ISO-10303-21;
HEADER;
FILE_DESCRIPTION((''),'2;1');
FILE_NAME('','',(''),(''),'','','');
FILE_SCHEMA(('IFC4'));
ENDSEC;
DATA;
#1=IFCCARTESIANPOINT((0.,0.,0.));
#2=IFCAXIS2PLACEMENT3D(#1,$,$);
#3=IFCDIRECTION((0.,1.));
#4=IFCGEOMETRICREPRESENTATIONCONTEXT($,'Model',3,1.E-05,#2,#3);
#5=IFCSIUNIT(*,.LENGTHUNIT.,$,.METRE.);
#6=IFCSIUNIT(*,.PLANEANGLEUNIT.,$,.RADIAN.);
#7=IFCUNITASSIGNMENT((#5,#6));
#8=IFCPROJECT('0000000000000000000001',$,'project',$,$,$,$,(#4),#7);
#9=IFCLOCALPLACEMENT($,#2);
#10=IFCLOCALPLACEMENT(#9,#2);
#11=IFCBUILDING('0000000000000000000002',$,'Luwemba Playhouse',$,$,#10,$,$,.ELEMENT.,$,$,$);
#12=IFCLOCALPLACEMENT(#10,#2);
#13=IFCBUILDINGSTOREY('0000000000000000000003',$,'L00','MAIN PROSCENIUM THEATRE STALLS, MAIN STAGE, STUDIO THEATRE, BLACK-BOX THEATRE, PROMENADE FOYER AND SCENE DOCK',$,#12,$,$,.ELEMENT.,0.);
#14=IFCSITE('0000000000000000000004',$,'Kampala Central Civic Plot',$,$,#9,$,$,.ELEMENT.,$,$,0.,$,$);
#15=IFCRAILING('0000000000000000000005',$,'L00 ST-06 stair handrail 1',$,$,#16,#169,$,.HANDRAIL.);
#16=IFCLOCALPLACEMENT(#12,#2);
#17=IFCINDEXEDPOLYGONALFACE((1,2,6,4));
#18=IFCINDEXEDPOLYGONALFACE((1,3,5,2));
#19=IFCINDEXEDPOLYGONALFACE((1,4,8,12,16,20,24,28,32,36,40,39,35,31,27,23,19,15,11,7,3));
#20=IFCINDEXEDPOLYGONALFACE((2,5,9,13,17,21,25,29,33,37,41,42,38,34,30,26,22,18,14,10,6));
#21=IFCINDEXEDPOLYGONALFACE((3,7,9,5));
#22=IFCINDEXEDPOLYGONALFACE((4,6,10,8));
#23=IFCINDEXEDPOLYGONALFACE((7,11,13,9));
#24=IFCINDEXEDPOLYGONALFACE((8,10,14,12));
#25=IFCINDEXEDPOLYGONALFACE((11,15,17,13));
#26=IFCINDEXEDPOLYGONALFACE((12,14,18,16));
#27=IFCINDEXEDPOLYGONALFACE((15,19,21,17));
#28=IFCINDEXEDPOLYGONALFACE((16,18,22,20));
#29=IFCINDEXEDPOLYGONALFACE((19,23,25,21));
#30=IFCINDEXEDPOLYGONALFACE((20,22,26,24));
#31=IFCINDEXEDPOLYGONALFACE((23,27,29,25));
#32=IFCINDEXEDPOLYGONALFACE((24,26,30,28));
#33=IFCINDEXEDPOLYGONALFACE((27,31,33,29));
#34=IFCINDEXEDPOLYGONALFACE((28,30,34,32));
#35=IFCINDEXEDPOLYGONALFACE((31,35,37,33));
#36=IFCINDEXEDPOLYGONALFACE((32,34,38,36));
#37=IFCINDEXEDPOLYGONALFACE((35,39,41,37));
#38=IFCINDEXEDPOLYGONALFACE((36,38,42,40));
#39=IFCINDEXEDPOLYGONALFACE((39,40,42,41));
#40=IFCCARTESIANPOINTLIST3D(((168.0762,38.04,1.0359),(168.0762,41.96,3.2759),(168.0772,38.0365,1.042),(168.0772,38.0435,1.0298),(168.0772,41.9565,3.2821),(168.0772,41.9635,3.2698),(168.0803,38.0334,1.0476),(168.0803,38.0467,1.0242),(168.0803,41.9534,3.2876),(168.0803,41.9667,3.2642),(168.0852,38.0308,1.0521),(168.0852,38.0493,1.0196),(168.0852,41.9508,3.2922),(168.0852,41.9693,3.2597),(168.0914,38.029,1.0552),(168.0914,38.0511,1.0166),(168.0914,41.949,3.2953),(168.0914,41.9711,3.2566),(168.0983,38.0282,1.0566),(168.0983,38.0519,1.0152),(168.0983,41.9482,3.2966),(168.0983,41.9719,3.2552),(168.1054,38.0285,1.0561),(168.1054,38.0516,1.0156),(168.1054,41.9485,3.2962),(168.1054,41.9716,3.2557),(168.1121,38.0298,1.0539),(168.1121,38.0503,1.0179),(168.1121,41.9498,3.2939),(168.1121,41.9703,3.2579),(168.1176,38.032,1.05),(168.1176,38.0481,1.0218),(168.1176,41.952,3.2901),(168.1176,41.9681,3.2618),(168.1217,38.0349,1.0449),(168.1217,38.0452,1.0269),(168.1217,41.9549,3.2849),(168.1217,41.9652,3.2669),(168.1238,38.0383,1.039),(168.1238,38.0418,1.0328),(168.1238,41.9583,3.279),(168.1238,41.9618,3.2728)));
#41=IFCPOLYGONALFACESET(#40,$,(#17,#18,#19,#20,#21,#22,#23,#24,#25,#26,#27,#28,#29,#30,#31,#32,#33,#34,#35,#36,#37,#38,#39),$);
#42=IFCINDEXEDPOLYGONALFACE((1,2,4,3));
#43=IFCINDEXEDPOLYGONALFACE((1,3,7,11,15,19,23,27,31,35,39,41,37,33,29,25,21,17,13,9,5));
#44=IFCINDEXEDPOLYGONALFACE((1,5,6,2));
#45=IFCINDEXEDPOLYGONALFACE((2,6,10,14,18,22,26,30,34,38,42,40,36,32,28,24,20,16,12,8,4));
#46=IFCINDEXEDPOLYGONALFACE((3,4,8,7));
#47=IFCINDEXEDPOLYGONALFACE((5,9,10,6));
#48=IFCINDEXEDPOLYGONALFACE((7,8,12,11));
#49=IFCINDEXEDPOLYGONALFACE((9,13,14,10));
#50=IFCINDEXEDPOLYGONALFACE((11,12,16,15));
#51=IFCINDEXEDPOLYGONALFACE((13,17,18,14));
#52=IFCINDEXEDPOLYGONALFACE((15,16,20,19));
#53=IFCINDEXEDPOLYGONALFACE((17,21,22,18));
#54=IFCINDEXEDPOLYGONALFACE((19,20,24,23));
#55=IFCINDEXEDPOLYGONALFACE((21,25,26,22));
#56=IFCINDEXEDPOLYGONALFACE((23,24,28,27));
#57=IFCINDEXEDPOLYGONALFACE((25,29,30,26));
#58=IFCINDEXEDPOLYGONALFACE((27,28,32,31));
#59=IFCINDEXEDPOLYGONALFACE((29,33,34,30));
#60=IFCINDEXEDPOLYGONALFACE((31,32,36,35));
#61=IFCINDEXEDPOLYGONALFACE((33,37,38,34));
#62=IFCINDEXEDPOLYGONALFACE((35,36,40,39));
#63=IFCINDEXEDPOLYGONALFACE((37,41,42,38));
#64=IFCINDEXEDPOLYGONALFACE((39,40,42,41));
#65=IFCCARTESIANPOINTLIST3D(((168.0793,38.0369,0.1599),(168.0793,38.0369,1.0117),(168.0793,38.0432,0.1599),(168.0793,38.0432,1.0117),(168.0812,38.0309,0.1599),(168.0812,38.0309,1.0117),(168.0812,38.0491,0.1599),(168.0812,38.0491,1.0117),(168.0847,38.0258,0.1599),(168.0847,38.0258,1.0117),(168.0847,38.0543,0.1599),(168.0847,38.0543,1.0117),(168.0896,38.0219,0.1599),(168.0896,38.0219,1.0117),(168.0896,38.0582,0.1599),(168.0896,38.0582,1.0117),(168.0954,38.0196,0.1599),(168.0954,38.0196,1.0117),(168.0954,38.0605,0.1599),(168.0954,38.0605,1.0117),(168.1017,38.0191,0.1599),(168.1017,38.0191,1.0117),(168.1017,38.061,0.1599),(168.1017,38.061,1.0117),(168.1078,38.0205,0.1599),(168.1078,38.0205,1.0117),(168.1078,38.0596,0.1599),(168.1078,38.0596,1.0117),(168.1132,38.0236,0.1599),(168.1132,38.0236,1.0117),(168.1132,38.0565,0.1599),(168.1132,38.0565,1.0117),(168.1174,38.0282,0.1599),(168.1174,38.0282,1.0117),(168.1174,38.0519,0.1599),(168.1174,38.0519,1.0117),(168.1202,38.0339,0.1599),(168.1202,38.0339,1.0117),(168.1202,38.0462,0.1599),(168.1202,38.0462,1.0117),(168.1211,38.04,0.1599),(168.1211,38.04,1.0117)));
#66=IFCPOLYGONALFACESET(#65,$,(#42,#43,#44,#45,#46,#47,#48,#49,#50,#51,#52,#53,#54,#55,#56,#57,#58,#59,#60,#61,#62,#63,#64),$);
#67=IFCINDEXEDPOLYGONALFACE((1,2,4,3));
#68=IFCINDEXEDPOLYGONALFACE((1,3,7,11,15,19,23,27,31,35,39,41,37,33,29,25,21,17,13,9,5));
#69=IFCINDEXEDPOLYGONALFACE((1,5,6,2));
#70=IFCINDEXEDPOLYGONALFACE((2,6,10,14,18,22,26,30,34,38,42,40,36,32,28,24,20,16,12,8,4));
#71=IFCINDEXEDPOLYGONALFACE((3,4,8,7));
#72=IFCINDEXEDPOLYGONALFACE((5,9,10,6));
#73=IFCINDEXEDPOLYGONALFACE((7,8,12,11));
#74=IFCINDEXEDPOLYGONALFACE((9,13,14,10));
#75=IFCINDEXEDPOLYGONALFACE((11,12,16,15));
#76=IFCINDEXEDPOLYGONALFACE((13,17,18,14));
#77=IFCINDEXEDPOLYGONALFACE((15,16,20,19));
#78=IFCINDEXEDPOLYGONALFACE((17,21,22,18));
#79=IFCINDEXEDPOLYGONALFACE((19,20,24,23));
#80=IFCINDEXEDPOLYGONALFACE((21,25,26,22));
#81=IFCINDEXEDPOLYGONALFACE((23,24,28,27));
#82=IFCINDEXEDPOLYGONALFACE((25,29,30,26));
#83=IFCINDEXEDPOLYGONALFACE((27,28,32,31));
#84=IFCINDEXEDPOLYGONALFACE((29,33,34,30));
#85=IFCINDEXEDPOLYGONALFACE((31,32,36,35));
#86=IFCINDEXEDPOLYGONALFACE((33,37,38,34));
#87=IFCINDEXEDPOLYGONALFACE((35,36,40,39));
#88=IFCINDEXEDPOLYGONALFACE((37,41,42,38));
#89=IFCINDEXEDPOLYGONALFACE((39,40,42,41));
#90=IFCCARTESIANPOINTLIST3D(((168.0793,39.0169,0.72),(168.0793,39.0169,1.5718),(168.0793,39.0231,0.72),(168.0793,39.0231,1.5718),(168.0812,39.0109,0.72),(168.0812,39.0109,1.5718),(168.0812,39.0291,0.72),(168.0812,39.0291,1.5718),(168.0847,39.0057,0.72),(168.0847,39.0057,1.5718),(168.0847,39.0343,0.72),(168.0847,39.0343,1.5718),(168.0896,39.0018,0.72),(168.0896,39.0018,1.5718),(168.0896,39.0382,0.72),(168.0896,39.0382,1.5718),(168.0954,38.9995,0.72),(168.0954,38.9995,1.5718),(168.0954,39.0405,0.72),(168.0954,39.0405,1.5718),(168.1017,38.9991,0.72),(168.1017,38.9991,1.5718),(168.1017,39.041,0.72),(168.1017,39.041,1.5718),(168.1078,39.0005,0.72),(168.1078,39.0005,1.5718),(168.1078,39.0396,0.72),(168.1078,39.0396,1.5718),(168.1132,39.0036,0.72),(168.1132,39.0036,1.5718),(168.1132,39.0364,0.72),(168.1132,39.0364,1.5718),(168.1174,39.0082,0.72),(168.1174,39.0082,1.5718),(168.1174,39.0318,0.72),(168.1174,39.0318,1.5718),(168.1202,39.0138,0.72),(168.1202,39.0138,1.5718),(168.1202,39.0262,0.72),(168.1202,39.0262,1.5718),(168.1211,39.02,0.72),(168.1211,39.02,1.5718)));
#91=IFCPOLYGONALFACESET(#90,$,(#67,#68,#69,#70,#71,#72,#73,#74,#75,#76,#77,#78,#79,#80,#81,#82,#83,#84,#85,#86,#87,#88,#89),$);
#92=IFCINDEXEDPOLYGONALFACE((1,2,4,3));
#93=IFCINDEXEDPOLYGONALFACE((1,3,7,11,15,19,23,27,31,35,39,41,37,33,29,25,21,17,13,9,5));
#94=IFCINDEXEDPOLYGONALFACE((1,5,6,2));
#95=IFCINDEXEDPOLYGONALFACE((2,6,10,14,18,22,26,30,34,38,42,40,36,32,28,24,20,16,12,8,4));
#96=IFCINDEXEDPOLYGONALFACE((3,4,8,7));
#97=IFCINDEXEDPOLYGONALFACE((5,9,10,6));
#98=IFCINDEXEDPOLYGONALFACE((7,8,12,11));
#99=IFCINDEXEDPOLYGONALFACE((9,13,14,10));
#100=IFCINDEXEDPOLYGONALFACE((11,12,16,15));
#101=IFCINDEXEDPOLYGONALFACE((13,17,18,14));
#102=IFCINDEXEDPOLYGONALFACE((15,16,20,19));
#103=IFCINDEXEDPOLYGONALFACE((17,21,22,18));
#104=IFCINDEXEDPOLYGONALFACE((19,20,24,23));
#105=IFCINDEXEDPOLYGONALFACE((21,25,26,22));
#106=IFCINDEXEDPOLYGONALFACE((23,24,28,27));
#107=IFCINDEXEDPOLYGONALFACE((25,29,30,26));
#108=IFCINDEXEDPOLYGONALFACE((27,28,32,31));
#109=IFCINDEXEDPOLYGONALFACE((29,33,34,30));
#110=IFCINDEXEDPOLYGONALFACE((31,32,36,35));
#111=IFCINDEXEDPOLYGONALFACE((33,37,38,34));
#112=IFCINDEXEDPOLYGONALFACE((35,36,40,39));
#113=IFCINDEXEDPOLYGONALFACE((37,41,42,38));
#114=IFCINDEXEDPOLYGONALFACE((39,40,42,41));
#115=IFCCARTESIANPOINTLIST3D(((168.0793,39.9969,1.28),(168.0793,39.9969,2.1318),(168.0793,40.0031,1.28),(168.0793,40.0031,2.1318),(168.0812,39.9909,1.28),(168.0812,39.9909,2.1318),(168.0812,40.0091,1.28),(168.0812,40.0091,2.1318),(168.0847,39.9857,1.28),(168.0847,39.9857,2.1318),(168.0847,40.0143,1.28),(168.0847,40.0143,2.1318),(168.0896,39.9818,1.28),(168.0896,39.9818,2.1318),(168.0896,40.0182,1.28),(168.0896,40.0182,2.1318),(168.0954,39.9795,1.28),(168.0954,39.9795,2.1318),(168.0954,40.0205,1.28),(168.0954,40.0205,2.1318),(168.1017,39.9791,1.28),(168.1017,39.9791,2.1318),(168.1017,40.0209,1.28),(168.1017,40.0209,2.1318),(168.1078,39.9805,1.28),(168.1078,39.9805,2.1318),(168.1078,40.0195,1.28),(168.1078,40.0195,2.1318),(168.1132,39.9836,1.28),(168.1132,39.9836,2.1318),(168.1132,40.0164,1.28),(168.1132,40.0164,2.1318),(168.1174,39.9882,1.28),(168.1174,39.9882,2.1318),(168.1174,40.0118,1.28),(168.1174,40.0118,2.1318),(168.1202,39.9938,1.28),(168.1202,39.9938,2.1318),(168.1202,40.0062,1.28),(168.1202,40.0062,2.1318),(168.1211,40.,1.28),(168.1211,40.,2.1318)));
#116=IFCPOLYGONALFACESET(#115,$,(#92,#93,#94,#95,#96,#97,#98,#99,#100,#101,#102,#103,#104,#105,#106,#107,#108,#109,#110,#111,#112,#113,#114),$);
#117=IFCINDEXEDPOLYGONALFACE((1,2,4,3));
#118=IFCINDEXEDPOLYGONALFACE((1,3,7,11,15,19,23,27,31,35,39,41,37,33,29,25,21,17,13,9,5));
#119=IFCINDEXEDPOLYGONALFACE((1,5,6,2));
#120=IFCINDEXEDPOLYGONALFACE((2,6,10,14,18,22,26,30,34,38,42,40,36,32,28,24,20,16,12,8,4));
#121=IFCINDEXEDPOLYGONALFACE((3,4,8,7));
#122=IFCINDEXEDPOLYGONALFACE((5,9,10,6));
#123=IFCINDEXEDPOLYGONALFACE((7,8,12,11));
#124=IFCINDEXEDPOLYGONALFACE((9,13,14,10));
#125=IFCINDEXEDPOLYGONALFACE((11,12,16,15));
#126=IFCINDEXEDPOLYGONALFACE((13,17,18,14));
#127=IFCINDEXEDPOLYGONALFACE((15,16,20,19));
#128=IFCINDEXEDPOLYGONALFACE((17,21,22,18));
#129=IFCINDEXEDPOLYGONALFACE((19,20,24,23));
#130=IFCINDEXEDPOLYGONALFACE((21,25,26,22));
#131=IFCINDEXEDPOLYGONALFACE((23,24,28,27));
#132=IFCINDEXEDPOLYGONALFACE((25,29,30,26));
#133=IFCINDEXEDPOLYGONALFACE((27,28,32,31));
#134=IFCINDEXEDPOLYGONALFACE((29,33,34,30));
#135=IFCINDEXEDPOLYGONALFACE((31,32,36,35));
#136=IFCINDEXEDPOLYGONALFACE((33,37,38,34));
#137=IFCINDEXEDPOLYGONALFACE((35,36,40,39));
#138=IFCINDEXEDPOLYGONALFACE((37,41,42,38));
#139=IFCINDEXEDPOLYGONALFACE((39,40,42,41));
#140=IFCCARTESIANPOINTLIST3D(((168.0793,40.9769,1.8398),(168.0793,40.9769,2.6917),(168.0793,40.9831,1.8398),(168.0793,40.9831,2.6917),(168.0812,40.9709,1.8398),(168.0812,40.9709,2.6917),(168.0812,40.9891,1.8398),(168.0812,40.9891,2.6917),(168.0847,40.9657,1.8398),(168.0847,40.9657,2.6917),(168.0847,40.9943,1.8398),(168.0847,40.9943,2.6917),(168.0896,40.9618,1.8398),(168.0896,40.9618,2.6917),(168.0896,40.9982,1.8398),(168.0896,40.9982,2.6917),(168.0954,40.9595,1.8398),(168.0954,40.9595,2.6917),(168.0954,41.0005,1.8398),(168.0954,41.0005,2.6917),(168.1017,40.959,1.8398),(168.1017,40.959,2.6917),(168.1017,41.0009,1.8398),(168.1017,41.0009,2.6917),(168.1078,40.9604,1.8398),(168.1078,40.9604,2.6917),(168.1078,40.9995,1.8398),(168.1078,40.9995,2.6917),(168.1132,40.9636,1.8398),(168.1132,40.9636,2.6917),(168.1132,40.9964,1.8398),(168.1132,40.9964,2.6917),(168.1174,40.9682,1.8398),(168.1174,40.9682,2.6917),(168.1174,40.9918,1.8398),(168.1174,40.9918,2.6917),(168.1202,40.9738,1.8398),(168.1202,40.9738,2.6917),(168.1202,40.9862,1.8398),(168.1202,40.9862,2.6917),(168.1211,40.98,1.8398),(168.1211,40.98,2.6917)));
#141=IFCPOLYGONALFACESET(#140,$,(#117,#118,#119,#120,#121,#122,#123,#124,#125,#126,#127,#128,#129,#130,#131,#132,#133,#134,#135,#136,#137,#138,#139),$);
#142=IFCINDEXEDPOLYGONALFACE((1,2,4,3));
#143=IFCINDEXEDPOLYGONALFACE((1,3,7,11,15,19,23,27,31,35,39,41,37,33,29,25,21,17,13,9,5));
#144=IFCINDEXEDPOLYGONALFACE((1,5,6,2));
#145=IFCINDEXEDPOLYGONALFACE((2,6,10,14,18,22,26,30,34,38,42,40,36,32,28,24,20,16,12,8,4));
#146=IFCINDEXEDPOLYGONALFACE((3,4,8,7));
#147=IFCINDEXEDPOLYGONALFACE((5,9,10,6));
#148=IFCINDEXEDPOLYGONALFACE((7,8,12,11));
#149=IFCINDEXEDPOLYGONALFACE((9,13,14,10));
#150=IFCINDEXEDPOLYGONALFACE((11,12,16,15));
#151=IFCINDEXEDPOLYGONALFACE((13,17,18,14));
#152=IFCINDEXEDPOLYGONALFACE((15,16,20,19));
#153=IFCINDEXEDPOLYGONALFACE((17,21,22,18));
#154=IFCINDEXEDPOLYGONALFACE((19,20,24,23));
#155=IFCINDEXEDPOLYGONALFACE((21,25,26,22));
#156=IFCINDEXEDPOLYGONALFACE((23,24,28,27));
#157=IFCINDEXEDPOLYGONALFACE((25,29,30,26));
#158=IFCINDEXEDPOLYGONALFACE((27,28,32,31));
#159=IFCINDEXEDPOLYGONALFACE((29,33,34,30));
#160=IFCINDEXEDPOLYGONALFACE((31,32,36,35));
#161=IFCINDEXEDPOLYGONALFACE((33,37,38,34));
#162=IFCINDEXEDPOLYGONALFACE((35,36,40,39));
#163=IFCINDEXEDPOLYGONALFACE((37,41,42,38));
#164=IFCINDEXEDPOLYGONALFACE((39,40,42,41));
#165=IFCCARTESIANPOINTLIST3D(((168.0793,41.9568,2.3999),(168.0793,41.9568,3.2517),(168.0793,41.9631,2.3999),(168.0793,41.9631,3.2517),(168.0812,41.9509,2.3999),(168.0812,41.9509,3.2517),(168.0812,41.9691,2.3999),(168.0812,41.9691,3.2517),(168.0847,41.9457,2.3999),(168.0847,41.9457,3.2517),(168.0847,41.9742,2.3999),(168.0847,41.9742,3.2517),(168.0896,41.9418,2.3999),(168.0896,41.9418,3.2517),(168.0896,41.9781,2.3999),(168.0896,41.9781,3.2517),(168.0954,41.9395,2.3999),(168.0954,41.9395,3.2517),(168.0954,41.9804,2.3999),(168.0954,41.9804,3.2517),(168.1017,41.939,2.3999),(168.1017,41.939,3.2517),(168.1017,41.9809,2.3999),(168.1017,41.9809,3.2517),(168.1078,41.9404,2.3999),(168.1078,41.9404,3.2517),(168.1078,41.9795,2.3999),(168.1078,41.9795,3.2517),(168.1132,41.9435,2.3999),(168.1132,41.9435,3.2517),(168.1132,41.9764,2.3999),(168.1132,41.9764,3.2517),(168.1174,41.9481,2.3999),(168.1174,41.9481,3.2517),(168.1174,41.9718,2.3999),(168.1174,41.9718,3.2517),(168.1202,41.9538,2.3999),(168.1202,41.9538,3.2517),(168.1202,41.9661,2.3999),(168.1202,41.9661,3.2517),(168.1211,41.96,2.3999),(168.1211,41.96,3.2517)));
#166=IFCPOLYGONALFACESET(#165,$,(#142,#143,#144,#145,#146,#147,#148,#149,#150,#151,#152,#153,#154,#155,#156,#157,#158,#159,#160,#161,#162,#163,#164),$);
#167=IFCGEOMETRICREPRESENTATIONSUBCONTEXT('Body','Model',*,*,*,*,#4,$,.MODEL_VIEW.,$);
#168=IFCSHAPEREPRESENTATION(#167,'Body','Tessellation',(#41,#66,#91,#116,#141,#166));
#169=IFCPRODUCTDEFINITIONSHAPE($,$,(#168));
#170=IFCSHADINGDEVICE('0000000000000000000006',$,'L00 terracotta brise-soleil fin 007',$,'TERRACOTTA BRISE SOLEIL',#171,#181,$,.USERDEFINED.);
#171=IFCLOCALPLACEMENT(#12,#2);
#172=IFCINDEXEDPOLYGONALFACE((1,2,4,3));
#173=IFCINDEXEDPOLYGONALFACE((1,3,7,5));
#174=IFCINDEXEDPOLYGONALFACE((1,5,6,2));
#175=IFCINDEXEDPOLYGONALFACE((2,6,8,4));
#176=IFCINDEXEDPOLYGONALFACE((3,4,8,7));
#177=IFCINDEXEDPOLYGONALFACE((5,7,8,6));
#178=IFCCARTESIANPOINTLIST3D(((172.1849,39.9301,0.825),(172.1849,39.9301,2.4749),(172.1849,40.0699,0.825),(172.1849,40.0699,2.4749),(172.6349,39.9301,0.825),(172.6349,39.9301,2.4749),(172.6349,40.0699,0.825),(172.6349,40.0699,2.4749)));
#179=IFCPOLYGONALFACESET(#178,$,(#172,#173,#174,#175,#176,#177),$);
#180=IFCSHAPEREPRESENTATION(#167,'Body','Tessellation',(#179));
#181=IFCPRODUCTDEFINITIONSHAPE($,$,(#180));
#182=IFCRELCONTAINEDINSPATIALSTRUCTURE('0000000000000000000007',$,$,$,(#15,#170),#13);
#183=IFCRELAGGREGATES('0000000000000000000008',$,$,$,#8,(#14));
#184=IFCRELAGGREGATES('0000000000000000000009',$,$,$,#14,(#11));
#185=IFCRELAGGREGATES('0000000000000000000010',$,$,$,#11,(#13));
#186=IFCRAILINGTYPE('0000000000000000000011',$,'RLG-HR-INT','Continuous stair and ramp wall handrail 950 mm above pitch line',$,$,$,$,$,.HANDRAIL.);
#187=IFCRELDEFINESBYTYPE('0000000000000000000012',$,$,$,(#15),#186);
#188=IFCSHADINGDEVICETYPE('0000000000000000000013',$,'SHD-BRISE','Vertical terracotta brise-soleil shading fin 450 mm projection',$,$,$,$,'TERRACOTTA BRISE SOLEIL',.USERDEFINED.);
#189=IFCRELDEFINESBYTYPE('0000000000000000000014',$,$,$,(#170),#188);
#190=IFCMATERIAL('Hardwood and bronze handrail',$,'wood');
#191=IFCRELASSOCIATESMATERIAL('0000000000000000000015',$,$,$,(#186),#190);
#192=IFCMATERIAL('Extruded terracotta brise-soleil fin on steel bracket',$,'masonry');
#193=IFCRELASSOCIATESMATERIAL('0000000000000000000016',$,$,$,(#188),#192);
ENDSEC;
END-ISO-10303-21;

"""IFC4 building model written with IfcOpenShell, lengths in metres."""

from ifc_helpers import new_model, si_unit, direction, frame, origin, origin_2d, place, context, subcontext, project, spatial, rectangle, circle, extrude, material, type_object, element, save


model = new_model("IFC4")

# Units and contexts
model_context = context("Model", 3, precision=1e-05, world=origin(), true_north=direction((0.0, 1.0)))
body_context = subcontext(model_context, "Body", "Model", "MODEL_VIEW")
ifc_project = project(units=[si_unit("LENGTHUNIT", "METRE"), si_unit("PLANEANGLEUNIT", "RADIAN")], contexts=[model_context])

# Site, building, storey
site_placement = place(None, origin())
site = spatial("IfcSite", under=ifc_project, at=site_placement, Name="Kampala Central Civic Plot", CompositionType="ELEMENT", RefElevation=0.0)
building_placement = place(site_placement, origin())
building = spatial("IfcBuilding", under=site, at=building_placement, Name="Luwemba Playhouse", CompositionType="ELEMENT")
storey_placement = place(building_placement, origin())
storey = spatial("IfcBuildingStorey", under=building, at=storey_placement, Name="L00", Description="MAIN PROSCENIUM THEATRE STALLS, MAIN STAGE, STUDIO THEATRE, BLACK-BOX THEATRE, PROMENADE FOYER AND SCENE DOCK", CompositionType="ELEMENT", Elevation=0.0)

# Railing
ifc_material_1 = material(Name="Hardwood and bronze handrail", Category="wood")
railing_type_1 = type_object("IfcRailingType", Name="RLG-HR-INT", Description="Continuous stair and ramp wall handrail 950 mm above pitch line", PredefinedType="HANDRAIL", material=ifc_material_1)
railing_1_placement = place(storey_placement, frame((168.1001, 38.04, 0.1599)))
element("IfcRailing", 1, at=railing_1_placement, inside=storey, type_object=railing_type_1, Name="L00 ST-06 stair handrail 1", PredefinedType="HANDRAIL", context=body_context, shape_type="SweptSolid", body=[
    extrude(circle(Radius=0.0239, at=origin_2d()), frame((0.0, 0.0, 0.876), z_axis=(0.0, 0.86824, 0.496145), x_axis=(-1.0, 0.0, 0.0)), (0.0, 0.0, 1.0), 4.5149),
    extrude(circle(Radius=0.021, at=origin_2d()), origin(), (0.0, 0.0, 1.0), 0.8518),
    extrude(circle(Radius=0.021, at=origin_2d()), frame((0.0, 0.98, 0.5601)), (0.0, 0.0, 1.0), 0.8518),
    extrude(circle(Radius=0.021, at=origin_2d()), frame((0.0, 1.96, 1.1201)), (0.0, 0.0, 1.0), 0.8518),
    extrude(circle(Radius=0.021, at=origin_2d()), frame((0.0, 2.9399, 1.6799)), (0.0, 0.0, 1.0), 0.8518),
    extrude(circle(Radius=0.021, at=origin_2d()), frame((0.0, 3.9199, 2.24)), (0.0, 0.0, 1.0), 0.8518),
])

# Shading device
ifc_material_2 = material(Name="Extruded terracotta brise-soleil fin on steel bracket", Category="masonry")
shading_device_type = type_object("IfcShadingDeviceType", Name="SHD-BRISE", Description="Vertical terracotta brise-soleil shading fin 450 mm projection", ElementType="TERRACOTTA BRISE SOLEIL", PredefinedType="USERDEFINED", material=ifc_material_2)
shading_device_placement = place(storey_placement, frame((172.4099, 40.0, 0.825), z_axis=(0.0, 0.0, 1.0), x_axis=(0.0, -1.0, 0.0)))
element("IfcShadingDevice", 2, at=shading_device_placement, inside=storey, type_object=shading_device_type, Name="L00 terracotta brise-soleil fin 007", ObjectType="TERRACOTTA BRISE SOLEIL", PredefinedType="USERDEFINED", context=body_context, shape_type="SweptSolid", body=[
    extrude(rectangle(XDim=0.1399, YDim=0.45, at=origin_2d()), origin(), (0.0, 0.0, 1.0), 1.6499),
])

save(model, "model.ifc")
